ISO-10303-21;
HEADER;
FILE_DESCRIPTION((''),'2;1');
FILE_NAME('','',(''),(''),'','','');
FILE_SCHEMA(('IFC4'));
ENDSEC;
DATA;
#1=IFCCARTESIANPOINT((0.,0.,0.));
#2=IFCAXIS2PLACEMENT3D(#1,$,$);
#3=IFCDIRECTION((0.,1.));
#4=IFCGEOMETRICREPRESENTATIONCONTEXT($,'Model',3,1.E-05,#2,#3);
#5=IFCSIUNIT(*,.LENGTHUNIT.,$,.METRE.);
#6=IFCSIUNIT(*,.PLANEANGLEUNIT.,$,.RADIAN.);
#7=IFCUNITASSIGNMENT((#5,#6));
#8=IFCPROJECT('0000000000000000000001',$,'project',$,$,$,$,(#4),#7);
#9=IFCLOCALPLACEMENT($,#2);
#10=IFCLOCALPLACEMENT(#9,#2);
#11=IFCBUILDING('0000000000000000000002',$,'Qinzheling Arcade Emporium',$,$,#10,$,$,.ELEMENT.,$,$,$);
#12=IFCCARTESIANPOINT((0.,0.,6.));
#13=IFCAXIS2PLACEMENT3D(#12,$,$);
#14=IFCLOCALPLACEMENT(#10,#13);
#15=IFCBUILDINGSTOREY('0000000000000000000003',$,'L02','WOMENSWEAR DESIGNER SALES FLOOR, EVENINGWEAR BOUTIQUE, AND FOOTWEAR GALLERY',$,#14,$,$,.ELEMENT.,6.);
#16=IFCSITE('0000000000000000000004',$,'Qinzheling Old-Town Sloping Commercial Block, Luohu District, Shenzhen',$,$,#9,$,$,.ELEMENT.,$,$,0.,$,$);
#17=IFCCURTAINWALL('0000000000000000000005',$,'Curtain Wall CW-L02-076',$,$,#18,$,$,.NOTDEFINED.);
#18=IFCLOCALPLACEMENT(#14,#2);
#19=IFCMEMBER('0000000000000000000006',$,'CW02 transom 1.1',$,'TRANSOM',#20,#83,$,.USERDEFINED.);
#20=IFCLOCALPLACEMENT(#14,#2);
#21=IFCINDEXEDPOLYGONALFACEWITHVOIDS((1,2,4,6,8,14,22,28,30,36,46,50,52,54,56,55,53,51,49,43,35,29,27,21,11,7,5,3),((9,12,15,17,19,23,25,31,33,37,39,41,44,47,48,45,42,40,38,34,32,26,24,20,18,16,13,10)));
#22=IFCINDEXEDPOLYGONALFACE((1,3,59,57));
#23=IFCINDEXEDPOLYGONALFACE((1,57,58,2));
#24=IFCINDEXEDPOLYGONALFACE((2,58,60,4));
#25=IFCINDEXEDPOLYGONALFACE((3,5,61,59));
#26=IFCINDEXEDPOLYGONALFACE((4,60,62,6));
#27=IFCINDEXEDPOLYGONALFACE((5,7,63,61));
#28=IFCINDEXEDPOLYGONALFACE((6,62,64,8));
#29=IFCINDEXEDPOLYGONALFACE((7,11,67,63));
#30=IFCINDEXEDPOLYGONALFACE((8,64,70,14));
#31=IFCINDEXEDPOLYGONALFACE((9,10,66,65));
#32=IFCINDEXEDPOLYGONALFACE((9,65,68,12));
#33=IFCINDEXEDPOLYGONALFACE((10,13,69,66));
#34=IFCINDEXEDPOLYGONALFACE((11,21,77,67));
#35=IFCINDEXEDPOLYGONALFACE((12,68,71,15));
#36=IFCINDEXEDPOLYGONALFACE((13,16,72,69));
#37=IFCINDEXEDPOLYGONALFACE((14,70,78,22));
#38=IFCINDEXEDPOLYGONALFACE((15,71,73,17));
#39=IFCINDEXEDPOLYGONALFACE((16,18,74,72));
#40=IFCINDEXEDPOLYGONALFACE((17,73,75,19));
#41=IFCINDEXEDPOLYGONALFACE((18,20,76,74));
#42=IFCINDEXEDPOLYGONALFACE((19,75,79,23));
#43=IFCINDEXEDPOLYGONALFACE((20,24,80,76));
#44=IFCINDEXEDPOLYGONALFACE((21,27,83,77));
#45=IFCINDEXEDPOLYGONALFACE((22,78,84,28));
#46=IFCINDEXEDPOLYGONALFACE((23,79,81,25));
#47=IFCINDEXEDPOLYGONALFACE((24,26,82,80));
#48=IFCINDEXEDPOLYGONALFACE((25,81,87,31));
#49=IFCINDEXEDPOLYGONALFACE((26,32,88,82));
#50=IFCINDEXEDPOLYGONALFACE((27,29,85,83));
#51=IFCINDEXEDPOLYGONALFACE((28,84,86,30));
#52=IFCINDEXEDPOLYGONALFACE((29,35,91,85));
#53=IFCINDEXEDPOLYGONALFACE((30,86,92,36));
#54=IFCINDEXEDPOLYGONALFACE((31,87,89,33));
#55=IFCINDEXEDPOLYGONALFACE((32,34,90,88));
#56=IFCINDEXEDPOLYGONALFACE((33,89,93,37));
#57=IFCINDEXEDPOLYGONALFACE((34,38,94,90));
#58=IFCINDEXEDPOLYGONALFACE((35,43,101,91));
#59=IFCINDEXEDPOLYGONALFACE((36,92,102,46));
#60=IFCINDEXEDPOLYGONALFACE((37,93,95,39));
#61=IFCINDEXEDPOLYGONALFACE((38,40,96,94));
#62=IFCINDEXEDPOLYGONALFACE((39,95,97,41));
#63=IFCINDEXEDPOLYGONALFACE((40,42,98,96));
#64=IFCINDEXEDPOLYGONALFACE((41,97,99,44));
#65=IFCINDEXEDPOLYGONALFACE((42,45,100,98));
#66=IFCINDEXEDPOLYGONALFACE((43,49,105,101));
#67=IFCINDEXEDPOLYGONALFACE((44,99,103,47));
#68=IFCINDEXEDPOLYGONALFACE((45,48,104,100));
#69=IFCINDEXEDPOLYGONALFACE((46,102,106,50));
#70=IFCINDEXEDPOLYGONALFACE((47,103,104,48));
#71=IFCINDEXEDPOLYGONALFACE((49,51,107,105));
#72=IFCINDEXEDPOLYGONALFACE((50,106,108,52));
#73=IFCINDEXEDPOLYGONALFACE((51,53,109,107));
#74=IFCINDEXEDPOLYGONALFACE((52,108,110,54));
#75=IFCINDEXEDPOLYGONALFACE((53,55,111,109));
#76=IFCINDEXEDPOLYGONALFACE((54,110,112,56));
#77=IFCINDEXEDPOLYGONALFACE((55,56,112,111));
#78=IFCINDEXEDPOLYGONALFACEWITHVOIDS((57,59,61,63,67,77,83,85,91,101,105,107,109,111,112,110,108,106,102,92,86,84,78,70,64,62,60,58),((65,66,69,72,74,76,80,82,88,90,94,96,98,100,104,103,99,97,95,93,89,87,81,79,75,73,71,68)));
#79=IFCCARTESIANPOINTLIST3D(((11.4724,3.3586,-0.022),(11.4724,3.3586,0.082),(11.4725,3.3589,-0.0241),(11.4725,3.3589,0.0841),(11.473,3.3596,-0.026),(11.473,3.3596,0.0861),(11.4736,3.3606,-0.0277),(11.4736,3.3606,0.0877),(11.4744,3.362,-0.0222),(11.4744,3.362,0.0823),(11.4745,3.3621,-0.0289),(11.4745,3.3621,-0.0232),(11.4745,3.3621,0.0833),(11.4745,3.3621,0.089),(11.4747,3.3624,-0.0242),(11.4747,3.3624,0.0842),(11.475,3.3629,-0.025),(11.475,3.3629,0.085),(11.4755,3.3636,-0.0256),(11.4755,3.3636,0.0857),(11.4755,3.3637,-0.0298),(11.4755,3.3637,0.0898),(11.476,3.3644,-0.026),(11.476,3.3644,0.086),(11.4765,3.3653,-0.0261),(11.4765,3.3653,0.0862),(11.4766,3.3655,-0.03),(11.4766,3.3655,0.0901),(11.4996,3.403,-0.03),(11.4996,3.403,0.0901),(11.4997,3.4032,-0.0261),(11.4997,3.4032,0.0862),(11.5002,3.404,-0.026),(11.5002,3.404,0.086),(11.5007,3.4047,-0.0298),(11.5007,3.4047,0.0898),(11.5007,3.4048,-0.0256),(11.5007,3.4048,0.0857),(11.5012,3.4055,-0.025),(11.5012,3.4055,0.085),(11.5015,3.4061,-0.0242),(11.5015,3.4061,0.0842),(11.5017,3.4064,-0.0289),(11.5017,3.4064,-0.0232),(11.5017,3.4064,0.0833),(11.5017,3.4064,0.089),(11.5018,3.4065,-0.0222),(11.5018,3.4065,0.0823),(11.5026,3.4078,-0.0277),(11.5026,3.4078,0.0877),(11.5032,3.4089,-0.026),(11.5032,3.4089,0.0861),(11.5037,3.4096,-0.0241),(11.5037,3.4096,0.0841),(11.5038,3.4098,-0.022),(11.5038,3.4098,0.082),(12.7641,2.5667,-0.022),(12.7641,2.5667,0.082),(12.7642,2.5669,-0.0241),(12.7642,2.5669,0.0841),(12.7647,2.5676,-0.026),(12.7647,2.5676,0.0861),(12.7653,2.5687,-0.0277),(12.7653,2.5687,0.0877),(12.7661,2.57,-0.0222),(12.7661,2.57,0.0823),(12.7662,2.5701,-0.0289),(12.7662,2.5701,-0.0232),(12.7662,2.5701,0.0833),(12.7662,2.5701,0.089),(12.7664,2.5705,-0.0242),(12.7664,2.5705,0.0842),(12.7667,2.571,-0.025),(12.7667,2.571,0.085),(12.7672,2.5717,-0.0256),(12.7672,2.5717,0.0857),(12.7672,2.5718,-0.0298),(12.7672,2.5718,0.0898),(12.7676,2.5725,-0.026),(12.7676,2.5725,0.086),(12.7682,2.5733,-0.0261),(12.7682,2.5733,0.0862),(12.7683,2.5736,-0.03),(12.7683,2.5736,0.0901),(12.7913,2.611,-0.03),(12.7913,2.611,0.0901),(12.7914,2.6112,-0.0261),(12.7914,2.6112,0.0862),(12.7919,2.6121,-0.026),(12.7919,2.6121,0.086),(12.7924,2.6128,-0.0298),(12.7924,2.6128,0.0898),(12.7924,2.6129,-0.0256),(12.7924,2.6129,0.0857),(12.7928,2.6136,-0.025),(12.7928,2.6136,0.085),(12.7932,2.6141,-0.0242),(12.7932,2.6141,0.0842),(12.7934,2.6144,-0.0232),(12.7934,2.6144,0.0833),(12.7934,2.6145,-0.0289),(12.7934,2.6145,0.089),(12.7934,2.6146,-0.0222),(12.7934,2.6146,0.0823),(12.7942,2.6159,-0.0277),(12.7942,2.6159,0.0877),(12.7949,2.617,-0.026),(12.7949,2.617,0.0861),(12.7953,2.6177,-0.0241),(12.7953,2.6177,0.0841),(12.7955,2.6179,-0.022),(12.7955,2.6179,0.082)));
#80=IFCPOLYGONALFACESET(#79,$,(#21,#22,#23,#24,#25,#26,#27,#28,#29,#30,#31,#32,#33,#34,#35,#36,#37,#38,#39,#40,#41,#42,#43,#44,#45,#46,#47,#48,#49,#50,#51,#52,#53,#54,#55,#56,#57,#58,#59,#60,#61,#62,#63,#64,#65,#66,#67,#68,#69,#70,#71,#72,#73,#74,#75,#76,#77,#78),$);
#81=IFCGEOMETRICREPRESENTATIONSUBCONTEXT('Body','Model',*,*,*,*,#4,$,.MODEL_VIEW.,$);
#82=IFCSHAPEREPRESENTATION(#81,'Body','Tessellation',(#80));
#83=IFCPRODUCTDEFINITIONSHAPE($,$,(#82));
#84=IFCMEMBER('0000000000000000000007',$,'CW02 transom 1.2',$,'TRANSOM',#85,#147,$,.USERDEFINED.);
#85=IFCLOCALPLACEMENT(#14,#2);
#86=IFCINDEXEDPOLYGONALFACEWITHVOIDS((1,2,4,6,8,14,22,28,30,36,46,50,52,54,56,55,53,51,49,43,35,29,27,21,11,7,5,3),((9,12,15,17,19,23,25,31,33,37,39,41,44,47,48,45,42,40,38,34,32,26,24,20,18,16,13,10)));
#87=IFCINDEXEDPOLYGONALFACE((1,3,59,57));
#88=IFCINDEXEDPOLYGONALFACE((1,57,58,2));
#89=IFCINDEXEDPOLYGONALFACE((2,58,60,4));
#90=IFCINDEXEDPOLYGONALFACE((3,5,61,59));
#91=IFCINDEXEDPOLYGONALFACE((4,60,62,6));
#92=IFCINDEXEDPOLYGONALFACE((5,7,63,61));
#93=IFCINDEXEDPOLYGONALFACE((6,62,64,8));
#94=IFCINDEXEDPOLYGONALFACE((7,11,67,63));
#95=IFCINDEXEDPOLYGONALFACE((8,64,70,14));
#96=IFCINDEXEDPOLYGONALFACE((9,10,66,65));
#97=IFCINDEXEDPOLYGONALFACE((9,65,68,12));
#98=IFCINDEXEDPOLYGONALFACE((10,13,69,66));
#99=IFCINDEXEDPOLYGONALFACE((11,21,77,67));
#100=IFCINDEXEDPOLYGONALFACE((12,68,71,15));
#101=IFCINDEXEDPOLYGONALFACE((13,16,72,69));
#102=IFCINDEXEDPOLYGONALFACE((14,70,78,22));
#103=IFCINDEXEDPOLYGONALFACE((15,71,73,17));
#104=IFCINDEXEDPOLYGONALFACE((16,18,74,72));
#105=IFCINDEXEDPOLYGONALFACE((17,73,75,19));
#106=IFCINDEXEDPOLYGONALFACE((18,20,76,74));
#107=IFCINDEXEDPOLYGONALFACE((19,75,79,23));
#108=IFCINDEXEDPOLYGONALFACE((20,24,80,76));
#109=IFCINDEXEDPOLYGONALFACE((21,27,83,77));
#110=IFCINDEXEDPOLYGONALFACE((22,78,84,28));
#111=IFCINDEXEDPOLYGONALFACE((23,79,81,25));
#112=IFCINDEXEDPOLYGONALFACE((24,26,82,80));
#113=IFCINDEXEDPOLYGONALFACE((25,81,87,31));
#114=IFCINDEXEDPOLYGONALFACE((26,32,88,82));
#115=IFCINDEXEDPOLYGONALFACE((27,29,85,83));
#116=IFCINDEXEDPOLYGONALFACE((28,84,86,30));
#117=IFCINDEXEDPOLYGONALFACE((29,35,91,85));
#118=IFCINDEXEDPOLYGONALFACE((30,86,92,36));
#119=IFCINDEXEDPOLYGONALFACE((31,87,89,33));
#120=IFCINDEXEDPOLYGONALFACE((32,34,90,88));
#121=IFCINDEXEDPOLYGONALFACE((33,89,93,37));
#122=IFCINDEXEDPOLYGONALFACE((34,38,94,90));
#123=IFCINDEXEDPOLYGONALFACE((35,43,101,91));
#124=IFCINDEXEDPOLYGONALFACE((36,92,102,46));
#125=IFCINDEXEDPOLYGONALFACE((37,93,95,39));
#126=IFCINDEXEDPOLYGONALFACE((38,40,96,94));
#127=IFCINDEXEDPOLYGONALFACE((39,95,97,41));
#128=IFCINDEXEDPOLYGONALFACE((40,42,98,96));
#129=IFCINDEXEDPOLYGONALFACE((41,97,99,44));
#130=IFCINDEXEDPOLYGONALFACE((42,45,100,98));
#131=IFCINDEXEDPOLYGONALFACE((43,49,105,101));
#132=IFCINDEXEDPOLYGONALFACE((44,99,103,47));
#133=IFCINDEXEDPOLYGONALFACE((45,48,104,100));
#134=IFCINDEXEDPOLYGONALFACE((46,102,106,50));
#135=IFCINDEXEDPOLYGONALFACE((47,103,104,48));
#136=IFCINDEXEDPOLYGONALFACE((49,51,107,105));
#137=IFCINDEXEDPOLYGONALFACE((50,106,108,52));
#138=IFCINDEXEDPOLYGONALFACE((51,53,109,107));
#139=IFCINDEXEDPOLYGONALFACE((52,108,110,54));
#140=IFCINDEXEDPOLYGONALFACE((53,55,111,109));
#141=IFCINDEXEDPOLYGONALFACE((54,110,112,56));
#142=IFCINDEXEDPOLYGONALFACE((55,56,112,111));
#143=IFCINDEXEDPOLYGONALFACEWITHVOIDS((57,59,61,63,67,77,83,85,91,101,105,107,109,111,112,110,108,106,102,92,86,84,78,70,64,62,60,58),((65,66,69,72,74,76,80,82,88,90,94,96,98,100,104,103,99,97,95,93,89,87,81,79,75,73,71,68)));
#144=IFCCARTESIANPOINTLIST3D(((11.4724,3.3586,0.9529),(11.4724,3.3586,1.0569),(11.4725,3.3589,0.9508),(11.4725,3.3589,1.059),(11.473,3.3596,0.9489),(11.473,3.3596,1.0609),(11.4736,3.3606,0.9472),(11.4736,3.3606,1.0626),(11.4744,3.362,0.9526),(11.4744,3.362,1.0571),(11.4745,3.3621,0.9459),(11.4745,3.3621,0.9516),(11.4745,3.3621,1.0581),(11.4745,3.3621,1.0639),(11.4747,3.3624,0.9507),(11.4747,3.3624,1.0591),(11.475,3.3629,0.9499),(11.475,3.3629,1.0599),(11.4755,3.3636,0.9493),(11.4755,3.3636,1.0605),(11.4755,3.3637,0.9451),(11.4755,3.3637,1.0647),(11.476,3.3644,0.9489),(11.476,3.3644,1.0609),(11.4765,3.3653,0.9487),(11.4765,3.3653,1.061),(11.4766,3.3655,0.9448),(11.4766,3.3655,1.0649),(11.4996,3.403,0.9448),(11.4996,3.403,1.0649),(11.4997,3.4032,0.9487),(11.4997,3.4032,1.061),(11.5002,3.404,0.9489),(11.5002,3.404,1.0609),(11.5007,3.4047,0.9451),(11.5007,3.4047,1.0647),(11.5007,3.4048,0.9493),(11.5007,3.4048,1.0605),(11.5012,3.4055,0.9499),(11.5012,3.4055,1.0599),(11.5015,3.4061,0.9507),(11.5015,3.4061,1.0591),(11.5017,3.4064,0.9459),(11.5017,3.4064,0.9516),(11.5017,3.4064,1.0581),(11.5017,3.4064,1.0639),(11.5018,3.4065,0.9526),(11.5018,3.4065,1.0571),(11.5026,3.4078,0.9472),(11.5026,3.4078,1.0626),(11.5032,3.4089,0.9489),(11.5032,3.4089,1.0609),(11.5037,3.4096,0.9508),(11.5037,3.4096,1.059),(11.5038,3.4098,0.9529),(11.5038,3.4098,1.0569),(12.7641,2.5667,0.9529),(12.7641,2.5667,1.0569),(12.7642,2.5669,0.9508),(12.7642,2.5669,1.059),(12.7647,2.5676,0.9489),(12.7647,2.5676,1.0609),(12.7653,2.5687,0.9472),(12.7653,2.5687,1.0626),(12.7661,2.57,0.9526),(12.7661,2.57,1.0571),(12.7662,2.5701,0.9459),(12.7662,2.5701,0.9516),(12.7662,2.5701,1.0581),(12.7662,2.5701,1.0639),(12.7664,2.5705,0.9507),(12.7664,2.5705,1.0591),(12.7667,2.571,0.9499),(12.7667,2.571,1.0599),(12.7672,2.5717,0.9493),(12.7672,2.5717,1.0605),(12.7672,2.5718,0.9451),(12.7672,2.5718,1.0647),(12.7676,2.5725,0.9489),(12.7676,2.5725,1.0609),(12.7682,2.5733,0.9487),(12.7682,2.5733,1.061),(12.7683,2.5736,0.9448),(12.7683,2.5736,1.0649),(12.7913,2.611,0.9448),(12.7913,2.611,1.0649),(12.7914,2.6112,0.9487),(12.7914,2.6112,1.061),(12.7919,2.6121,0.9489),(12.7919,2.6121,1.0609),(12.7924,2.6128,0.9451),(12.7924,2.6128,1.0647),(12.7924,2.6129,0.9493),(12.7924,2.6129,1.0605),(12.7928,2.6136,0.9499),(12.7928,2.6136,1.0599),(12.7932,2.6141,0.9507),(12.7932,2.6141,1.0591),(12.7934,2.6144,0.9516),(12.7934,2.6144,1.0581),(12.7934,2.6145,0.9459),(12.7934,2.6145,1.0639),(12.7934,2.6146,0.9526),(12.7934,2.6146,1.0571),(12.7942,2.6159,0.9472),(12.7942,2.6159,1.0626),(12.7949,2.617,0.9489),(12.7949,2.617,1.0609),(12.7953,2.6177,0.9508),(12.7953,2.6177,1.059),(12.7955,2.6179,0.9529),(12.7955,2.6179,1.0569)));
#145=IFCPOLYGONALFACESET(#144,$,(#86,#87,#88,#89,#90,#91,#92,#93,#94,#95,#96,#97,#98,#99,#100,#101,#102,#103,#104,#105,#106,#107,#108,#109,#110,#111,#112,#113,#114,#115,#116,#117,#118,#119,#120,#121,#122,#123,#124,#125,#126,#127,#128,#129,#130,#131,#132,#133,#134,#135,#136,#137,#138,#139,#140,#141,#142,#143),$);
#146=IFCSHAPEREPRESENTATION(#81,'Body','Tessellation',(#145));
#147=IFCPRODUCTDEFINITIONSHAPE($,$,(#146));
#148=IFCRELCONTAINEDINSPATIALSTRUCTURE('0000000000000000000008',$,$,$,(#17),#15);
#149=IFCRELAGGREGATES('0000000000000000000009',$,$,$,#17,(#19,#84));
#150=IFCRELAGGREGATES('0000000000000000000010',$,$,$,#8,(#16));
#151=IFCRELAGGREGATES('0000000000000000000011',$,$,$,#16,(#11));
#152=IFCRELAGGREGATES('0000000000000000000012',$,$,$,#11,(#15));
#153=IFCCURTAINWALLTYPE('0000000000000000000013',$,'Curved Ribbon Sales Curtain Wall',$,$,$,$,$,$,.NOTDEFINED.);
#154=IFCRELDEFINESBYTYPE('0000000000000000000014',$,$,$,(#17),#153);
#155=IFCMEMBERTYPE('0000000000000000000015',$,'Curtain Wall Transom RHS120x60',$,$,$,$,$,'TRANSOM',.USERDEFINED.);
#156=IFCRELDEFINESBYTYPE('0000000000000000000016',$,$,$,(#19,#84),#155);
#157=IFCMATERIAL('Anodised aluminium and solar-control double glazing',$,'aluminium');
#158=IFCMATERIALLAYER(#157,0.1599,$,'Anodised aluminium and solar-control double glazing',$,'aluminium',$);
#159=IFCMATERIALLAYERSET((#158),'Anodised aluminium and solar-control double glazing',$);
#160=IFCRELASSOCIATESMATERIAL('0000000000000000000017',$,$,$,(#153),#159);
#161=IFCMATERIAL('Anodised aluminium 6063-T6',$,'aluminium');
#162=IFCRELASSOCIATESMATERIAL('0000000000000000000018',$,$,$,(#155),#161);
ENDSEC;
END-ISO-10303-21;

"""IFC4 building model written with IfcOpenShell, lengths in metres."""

from ifc_helpers import new_model, si_unit, direction, frame, origin, origin_2d, place, context, subcontext, project, spatial, hollow_rectangle, extrude, material, layer, layer_set, material_profile, profile_set, type_object, element, aggregate, save


model = new_model("IFC4")

# Units and contexts
model_context = context("Model", 3, precision=1e-05, world=origin(), true_north=direction((0.0, 1.0)))
body_context = subcontext(model_context, "Body", "Model", "MODEL_VIEW")
ifc_project = project(units=[si_unit("LENGTHUNIT", "METRE"), si_unit("PLANEANGLEUNIT", "RADIAN")], contexts=[model_context])

# Site, building, storey
site_placement = place(None, origin())
site = spatial("IfcSite", under=ifc_project, at=site_placement, Name="Qinzheling Old-Town Sloping Commercial Block, Luohu District, Shenzhen", CompositionType="ELEMENT", RefElevation=0.0)
building_placement = place(site_placement, origin())
building = spatial("IfcBuilding", under=site, at=building_placement, Name="Qinzheling Arcade Emporium", CompositionType="ELEMENT")
storey_placement = place(building_placement, frame((0.0, 0.0, 6.0)))
storey = spatial("IfcBuildingStorey", under=building, at=storey_placement, Name="L02", Description="WOMENSWEAR DESIGNER SALES FLOOR, EVENINGWEAR BOUTIQUE, AND FOOTWEAR GALLERY", CompositionType="ELEMENT", Elevation=6.0)

# Shared definitions
ifc_material_1 = material(Name="Anodised aluminium and solar-control double glazing", Category="aluminium")
ifc_layer_1 = layer(ifc_material_1, 0.1599, Name="Anodised aluminium and solar-control double glazing", Category="aluminium")
ifc_layer_set_1 = layer_set([ifc_layer_1], Name="Anodised aluminium and solar-control double glazing")
curtain_wall_type = type_object("IfcCurtainWallType", Name="Curved Ribbon Sales Curtain Wall", PredefinedType="NOTDEFINED", material=ifc_layer_set_1)
ifc_material_2 = material(Name="Anodised aluminium 6063-T6", Category="aluminium")

# Curtain wall
curtain_wall_1_placement = place(storey_placement, origin())
curtain_wall_1 = element("IfcCurtainWall", 1, at=curtain_wall_1_placement, inside=storey, type_object=curtain_wall_type, Name="Curtain Wall CW-L02-076", PredefinedType="NOTDEFINED")

# Members
ifc_material_profile_1 = material_profile(ifc_material_2, hollow_rectangle(XDim=0.0601, YDim=0.1201, WallThickness=0.0039, InnerFilletRadius=0.0039, OuterFilletRadius=0.0081, at=origin_2d()), Name="RHS 120x60x4", Category="aluminium")
ifc_profile_set_1 = profile_set([ifc_material_profile_1], Name="Anodised aluminium 6063-T6")
member_type_1 = type_object("IfcMemberType", Name="Curtain Wall Transom RHS120x60", ElementType="TRANSOM", PredefinedType="USERDEFINED", material=ifc_profile_set_1)
member_1_placement = place(storey_placement, frame((12.7798, 2.5923, 0.03), z_axis=(-0.85252, 0.522694, 0.0), x_axis=(-0.522694, -0.85252, 0.0)))
member_1 = element("IfcMember", 2, at=member_1_placement, type_object=member_type_1, Name="CW02 transom 1.1", ObjectType="TRANSOM", PredefinedType="USERDEFINED", context=body_context, shape_type="SweptSolid", body=[
    extrude(hollow_rectangle(XDim=0.0601, YDim=0.1201, WallThickness=0.0039, InnerFilletRadius=0.0039, OuterFilletRadius=0.0081, at=origin_2d()), origin(), (0.0, 0.0, 1.0), 1.5151),
])
member_2_placement = place(storey_placement, frame((12.7798, 2.5923, 1.0049), z_axis=(-0.85252, 0.522694, 0.0), x_axis=(-0.522694, -0.85252, 0.0)))
member_2 = element("IfcMember", 3, at=member_2_placement, type_object=member_type_1, Name="CW02 transom 1.2", ObjectType="TRANSOM", PredefinedType="USERDEFINED", context=body_context, shape_type="SweptSolid", body=[
    extrude(hollow_rectangle(XDim=0.0601, YDim=0.1201, WallThickness=0.0039, InnerFilletRadius=0.0039, OuterFilletRadius=0.0081, at=origin_2d()), origin(), (0.0, 0.0, 1.0), 1.5151),
])
aggregate(curtain_wall_1, [member_1, member_2])

save(model, "model.ifc")
